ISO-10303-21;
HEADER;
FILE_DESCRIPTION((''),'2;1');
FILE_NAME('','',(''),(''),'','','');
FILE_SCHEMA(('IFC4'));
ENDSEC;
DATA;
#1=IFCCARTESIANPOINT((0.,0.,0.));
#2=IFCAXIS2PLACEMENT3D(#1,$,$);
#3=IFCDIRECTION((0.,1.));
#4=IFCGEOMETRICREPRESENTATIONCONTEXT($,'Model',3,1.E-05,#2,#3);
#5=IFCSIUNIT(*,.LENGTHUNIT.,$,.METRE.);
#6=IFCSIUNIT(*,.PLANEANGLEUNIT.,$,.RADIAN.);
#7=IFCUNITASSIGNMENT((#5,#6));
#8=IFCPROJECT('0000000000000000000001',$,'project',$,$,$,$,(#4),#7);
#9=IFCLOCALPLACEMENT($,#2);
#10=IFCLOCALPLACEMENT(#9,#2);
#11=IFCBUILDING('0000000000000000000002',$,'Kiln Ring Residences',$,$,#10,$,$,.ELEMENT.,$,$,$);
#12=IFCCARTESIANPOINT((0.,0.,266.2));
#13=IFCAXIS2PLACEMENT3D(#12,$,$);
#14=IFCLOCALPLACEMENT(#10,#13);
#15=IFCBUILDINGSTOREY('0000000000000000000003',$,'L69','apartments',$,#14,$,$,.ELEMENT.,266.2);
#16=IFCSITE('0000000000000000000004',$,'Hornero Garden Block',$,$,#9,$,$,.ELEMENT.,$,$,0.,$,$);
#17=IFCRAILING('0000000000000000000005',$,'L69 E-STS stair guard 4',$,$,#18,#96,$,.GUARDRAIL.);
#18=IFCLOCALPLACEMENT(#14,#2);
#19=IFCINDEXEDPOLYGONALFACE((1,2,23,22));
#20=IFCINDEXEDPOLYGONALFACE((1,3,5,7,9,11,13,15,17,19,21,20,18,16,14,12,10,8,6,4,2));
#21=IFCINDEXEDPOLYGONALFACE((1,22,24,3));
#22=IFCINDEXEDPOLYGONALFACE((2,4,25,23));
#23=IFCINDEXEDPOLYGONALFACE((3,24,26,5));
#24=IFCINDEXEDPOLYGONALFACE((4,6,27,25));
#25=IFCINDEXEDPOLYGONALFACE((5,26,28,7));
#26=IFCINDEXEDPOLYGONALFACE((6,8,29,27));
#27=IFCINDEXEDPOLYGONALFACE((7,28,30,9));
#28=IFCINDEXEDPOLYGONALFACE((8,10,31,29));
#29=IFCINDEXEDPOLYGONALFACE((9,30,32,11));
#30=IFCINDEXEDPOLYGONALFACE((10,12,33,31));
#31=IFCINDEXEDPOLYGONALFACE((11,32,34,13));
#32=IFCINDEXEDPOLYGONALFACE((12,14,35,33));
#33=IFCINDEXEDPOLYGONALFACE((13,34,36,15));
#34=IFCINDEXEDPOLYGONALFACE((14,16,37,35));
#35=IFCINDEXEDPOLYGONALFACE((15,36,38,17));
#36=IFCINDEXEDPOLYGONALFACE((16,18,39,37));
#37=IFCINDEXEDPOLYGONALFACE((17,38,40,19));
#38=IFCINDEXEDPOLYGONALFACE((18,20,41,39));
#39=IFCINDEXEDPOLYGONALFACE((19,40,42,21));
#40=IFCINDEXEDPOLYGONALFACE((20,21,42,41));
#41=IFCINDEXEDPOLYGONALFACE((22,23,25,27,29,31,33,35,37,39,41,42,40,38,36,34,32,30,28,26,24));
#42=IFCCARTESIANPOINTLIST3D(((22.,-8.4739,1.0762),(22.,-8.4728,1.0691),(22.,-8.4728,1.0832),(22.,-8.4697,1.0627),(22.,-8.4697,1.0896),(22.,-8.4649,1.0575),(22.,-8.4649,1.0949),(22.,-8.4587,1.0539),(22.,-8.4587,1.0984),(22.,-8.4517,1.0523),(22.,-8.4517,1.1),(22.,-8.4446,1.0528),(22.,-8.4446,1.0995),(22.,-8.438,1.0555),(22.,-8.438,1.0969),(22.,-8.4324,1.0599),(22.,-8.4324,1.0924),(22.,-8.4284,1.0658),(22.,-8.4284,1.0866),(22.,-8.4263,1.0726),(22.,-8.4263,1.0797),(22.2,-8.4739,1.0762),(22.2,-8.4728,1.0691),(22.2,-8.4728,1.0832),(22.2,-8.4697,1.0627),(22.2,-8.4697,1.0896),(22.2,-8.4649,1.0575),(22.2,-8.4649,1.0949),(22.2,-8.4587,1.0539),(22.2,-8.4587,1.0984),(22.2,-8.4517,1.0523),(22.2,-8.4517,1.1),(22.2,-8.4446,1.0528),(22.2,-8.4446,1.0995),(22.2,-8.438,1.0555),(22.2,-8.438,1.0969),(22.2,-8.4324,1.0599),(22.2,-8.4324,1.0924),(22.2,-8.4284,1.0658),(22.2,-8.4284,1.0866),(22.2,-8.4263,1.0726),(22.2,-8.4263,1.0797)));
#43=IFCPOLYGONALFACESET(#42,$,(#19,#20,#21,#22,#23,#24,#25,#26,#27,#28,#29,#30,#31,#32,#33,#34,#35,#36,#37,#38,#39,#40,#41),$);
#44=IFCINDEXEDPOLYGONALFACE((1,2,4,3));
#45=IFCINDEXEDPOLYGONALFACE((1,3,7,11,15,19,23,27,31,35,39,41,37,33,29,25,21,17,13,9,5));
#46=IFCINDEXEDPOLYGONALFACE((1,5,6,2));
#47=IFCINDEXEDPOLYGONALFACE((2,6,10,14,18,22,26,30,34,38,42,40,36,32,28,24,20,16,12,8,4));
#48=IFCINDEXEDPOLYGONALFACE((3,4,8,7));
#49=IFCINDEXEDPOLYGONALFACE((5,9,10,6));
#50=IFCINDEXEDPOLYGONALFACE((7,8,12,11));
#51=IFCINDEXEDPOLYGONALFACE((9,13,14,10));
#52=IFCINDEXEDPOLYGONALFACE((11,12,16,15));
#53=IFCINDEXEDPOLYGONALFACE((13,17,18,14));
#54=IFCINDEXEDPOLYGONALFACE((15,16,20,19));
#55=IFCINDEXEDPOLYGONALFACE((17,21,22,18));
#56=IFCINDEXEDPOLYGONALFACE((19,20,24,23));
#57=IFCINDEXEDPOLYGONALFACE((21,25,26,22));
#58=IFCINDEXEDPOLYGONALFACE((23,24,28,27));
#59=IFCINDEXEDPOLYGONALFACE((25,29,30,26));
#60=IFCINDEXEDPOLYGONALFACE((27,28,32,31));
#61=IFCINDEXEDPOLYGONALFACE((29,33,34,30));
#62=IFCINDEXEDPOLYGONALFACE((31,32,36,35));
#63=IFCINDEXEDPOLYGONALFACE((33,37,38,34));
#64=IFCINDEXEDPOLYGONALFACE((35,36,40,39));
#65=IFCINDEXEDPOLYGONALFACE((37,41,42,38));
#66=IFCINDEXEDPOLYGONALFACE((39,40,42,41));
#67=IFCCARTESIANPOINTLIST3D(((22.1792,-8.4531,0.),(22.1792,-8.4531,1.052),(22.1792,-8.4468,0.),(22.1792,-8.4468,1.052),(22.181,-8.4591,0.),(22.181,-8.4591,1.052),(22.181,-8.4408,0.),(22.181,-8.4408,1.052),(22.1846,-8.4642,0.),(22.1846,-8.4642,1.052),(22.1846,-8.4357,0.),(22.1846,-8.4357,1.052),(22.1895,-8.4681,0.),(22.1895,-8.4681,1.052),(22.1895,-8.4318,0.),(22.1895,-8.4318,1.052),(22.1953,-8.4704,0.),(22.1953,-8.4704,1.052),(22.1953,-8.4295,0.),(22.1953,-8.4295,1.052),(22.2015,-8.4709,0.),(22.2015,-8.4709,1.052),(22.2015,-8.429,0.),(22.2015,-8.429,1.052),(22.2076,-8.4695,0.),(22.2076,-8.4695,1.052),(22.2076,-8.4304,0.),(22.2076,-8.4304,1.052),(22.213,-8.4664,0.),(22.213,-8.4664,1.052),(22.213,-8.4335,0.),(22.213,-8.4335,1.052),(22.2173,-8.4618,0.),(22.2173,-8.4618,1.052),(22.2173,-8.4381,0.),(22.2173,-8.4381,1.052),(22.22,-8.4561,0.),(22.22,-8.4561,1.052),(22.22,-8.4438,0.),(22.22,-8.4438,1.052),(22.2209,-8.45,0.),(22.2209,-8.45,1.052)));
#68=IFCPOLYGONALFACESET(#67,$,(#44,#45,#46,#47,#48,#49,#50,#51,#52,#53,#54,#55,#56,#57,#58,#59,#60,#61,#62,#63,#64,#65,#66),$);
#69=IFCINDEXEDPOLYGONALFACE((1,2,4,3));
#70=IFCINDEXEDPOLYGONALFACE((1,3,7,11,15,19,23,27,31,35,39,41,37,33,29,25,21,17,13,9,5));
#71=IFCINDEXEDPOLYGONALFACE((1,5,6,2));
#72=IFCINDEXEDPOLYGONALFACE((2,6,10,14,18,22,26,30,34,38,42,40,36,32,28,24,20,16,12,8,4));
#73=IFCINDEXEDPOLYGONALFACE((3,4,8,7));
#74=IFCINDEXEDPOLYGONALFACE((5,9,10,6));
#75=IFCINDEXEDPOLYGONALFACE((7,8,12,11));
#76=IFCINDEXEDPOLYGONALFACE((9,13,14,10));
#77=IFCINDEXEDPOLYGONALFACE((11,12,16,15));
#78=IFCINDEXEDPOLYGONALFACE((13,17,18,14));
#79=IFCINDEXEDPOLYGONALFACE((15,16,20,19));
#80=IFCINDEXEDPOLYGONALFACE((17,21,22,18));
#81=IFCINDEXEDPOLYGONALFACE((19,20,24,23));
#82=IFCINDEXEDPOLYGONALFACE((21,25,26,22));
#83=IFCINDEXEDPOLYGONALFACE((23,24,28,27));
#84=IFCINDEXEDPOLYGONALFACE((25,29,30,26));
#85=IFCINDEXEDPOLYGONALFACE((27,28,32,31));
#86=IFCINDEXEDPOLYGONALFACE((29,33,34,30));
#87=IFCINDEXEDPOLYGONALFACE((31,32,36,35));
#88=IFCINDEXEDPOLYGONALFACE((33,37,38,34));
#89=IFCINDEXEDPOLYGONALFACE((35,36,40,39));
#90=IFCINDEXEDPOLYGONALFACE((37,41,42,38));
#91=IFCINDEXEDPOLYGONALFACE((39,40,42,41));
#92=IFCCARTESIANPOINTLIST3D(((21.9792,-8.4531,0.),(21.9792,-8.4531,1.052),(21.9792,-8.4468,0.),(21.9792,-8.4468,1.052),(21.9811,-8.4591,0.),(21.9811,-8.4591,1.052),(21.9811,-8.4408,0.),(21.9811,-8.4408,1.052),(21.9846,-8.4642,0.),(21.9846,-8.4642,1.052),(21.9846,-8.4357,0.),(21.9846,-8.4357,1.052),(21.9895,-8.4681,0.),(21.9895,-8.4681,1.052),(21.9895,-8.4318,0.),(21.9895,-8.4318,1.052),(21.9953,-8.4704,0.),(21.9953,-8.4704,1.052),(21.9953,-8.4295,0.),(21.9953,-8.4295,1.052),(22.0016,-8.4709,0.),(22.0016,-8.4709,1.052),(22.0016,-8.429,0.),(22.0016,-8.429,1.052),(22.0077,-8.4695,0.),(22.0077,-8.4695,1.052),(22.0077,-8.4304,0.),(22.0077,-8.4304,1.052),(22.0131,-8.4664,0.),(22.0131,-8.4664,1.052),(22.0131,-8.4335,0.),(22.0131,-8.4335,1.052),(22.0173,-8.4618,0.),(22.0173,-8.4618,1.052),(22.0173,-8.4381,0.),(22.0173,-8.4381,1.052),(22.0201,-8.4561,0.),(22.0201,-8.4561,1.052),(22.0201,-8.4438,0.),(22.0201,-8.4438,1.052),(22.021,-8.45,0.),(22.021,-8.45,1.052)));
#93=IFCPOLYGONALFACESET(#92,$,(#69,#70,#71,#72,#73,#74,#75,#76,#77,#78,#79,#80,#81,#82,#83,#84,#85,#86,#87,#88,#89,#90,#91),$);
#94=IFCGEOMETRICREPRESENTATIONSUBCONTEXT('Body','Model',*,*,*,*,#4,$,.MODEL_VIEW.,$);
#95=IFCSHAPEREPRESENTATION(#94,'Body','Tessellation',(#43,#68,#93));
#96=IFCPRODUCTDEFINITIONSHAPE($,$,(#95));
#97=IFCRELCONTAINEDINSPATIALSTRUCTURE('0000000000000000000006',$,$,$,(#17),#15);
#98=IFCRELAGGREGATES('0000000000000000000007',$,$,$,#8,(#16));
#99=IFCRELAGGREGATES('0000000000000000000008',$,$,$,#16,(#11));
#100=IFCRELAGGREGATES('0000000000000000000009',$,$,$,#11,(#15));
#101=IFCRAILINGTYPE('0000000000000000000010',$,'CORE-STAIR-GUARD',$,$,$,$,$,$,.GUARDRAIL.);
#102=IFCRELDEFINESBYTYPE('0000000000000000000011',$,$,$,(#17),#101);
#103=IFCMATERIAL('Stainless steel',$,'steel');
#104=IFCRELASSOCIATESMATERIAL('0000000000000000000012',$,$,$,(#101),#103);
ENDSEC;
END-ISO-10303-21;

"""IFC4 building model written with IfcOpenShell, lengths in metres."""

from ifc_helpers import new_model, si_unit, direction, frame, origin, origin_2d, place, context, subcontext, project, spatial, circle, extrude, material, type_object, element, save


model = new_model("IFC4")

# Units and contexts
model_context = context("Model", 3, precision=1e-05, world=origin(), true_north=direction((0.0, 1.0)))
body_context = subcontext(model_context, "Body", "Model", "MODEL_VIEW")
ifc_project = project(units=[si_unit("LENGTHUNIT", "METRE"), si_unit("PLANEANGLEUNIT", "RADIAN")], contexts=[model_context])

# Site, building, storey
site_placement = place(None, origin())
site = spatial("IfcSite", under=ifc_project, at=site_placement, Name="Hornero Garden Block", CompositionType="ELEMENT", RefElevation=0.0)
building_placement = place(site_placement, origin())
building = spatial("IfcBuilding", under=site, at=building_placement, Name="Kiln Ring Residences", CompositionType="ELEMENT")
storey_placement = place(building_placement, frame((0.0, 0.0, 266.2)))
storey = spatial("IfcBuildingStorey", under=building, at=storey_placement, Name="L69", Description="apartments", CompositionType="ELEMENT", Elevation=266.2)

# Railing
ifc_material_1 = material(Name="Stainless steel", Category="steel")
railing_type_1 = type_object("IfcRailingType", Name="CORE-STAIR-GUARD", PredefinedType="GUARDRAIL", material=ifc_material_1)
railing_1_placement = place(storey_placement, frame((22.2, -8.45, 0.0)))
element("IfcRailing", 1, at=railing_1_placement, inside=storey, type_object=railing_type_1, Name="L69 E-STS stair guard 4", PredefinedType="GUARDRAIL", context=body_context, shape_type="SweptSolid", body=[
    extrude(circle(Radius=0.0239, at=origin_2d()), frame((0.0, 0.0, 1.0762), z_axis=(-1.0, 0.0, 0.0), x_axis=(0.0, -1.0, 0.0)), (0.0, 0.0, 1.0), 0.2),
    extrude(circle(Radius=0.021, at=origin_2d()), origin(), (0.0, 0.0, 1.0), 1.052),
    extrude(circle(Radius=0.021, at=origin_2d()), frame((-0.2, 0.0, 0.0)), (0.0, 0.0, 1.0), 1.052),
])

save(model, "model.ifc")
